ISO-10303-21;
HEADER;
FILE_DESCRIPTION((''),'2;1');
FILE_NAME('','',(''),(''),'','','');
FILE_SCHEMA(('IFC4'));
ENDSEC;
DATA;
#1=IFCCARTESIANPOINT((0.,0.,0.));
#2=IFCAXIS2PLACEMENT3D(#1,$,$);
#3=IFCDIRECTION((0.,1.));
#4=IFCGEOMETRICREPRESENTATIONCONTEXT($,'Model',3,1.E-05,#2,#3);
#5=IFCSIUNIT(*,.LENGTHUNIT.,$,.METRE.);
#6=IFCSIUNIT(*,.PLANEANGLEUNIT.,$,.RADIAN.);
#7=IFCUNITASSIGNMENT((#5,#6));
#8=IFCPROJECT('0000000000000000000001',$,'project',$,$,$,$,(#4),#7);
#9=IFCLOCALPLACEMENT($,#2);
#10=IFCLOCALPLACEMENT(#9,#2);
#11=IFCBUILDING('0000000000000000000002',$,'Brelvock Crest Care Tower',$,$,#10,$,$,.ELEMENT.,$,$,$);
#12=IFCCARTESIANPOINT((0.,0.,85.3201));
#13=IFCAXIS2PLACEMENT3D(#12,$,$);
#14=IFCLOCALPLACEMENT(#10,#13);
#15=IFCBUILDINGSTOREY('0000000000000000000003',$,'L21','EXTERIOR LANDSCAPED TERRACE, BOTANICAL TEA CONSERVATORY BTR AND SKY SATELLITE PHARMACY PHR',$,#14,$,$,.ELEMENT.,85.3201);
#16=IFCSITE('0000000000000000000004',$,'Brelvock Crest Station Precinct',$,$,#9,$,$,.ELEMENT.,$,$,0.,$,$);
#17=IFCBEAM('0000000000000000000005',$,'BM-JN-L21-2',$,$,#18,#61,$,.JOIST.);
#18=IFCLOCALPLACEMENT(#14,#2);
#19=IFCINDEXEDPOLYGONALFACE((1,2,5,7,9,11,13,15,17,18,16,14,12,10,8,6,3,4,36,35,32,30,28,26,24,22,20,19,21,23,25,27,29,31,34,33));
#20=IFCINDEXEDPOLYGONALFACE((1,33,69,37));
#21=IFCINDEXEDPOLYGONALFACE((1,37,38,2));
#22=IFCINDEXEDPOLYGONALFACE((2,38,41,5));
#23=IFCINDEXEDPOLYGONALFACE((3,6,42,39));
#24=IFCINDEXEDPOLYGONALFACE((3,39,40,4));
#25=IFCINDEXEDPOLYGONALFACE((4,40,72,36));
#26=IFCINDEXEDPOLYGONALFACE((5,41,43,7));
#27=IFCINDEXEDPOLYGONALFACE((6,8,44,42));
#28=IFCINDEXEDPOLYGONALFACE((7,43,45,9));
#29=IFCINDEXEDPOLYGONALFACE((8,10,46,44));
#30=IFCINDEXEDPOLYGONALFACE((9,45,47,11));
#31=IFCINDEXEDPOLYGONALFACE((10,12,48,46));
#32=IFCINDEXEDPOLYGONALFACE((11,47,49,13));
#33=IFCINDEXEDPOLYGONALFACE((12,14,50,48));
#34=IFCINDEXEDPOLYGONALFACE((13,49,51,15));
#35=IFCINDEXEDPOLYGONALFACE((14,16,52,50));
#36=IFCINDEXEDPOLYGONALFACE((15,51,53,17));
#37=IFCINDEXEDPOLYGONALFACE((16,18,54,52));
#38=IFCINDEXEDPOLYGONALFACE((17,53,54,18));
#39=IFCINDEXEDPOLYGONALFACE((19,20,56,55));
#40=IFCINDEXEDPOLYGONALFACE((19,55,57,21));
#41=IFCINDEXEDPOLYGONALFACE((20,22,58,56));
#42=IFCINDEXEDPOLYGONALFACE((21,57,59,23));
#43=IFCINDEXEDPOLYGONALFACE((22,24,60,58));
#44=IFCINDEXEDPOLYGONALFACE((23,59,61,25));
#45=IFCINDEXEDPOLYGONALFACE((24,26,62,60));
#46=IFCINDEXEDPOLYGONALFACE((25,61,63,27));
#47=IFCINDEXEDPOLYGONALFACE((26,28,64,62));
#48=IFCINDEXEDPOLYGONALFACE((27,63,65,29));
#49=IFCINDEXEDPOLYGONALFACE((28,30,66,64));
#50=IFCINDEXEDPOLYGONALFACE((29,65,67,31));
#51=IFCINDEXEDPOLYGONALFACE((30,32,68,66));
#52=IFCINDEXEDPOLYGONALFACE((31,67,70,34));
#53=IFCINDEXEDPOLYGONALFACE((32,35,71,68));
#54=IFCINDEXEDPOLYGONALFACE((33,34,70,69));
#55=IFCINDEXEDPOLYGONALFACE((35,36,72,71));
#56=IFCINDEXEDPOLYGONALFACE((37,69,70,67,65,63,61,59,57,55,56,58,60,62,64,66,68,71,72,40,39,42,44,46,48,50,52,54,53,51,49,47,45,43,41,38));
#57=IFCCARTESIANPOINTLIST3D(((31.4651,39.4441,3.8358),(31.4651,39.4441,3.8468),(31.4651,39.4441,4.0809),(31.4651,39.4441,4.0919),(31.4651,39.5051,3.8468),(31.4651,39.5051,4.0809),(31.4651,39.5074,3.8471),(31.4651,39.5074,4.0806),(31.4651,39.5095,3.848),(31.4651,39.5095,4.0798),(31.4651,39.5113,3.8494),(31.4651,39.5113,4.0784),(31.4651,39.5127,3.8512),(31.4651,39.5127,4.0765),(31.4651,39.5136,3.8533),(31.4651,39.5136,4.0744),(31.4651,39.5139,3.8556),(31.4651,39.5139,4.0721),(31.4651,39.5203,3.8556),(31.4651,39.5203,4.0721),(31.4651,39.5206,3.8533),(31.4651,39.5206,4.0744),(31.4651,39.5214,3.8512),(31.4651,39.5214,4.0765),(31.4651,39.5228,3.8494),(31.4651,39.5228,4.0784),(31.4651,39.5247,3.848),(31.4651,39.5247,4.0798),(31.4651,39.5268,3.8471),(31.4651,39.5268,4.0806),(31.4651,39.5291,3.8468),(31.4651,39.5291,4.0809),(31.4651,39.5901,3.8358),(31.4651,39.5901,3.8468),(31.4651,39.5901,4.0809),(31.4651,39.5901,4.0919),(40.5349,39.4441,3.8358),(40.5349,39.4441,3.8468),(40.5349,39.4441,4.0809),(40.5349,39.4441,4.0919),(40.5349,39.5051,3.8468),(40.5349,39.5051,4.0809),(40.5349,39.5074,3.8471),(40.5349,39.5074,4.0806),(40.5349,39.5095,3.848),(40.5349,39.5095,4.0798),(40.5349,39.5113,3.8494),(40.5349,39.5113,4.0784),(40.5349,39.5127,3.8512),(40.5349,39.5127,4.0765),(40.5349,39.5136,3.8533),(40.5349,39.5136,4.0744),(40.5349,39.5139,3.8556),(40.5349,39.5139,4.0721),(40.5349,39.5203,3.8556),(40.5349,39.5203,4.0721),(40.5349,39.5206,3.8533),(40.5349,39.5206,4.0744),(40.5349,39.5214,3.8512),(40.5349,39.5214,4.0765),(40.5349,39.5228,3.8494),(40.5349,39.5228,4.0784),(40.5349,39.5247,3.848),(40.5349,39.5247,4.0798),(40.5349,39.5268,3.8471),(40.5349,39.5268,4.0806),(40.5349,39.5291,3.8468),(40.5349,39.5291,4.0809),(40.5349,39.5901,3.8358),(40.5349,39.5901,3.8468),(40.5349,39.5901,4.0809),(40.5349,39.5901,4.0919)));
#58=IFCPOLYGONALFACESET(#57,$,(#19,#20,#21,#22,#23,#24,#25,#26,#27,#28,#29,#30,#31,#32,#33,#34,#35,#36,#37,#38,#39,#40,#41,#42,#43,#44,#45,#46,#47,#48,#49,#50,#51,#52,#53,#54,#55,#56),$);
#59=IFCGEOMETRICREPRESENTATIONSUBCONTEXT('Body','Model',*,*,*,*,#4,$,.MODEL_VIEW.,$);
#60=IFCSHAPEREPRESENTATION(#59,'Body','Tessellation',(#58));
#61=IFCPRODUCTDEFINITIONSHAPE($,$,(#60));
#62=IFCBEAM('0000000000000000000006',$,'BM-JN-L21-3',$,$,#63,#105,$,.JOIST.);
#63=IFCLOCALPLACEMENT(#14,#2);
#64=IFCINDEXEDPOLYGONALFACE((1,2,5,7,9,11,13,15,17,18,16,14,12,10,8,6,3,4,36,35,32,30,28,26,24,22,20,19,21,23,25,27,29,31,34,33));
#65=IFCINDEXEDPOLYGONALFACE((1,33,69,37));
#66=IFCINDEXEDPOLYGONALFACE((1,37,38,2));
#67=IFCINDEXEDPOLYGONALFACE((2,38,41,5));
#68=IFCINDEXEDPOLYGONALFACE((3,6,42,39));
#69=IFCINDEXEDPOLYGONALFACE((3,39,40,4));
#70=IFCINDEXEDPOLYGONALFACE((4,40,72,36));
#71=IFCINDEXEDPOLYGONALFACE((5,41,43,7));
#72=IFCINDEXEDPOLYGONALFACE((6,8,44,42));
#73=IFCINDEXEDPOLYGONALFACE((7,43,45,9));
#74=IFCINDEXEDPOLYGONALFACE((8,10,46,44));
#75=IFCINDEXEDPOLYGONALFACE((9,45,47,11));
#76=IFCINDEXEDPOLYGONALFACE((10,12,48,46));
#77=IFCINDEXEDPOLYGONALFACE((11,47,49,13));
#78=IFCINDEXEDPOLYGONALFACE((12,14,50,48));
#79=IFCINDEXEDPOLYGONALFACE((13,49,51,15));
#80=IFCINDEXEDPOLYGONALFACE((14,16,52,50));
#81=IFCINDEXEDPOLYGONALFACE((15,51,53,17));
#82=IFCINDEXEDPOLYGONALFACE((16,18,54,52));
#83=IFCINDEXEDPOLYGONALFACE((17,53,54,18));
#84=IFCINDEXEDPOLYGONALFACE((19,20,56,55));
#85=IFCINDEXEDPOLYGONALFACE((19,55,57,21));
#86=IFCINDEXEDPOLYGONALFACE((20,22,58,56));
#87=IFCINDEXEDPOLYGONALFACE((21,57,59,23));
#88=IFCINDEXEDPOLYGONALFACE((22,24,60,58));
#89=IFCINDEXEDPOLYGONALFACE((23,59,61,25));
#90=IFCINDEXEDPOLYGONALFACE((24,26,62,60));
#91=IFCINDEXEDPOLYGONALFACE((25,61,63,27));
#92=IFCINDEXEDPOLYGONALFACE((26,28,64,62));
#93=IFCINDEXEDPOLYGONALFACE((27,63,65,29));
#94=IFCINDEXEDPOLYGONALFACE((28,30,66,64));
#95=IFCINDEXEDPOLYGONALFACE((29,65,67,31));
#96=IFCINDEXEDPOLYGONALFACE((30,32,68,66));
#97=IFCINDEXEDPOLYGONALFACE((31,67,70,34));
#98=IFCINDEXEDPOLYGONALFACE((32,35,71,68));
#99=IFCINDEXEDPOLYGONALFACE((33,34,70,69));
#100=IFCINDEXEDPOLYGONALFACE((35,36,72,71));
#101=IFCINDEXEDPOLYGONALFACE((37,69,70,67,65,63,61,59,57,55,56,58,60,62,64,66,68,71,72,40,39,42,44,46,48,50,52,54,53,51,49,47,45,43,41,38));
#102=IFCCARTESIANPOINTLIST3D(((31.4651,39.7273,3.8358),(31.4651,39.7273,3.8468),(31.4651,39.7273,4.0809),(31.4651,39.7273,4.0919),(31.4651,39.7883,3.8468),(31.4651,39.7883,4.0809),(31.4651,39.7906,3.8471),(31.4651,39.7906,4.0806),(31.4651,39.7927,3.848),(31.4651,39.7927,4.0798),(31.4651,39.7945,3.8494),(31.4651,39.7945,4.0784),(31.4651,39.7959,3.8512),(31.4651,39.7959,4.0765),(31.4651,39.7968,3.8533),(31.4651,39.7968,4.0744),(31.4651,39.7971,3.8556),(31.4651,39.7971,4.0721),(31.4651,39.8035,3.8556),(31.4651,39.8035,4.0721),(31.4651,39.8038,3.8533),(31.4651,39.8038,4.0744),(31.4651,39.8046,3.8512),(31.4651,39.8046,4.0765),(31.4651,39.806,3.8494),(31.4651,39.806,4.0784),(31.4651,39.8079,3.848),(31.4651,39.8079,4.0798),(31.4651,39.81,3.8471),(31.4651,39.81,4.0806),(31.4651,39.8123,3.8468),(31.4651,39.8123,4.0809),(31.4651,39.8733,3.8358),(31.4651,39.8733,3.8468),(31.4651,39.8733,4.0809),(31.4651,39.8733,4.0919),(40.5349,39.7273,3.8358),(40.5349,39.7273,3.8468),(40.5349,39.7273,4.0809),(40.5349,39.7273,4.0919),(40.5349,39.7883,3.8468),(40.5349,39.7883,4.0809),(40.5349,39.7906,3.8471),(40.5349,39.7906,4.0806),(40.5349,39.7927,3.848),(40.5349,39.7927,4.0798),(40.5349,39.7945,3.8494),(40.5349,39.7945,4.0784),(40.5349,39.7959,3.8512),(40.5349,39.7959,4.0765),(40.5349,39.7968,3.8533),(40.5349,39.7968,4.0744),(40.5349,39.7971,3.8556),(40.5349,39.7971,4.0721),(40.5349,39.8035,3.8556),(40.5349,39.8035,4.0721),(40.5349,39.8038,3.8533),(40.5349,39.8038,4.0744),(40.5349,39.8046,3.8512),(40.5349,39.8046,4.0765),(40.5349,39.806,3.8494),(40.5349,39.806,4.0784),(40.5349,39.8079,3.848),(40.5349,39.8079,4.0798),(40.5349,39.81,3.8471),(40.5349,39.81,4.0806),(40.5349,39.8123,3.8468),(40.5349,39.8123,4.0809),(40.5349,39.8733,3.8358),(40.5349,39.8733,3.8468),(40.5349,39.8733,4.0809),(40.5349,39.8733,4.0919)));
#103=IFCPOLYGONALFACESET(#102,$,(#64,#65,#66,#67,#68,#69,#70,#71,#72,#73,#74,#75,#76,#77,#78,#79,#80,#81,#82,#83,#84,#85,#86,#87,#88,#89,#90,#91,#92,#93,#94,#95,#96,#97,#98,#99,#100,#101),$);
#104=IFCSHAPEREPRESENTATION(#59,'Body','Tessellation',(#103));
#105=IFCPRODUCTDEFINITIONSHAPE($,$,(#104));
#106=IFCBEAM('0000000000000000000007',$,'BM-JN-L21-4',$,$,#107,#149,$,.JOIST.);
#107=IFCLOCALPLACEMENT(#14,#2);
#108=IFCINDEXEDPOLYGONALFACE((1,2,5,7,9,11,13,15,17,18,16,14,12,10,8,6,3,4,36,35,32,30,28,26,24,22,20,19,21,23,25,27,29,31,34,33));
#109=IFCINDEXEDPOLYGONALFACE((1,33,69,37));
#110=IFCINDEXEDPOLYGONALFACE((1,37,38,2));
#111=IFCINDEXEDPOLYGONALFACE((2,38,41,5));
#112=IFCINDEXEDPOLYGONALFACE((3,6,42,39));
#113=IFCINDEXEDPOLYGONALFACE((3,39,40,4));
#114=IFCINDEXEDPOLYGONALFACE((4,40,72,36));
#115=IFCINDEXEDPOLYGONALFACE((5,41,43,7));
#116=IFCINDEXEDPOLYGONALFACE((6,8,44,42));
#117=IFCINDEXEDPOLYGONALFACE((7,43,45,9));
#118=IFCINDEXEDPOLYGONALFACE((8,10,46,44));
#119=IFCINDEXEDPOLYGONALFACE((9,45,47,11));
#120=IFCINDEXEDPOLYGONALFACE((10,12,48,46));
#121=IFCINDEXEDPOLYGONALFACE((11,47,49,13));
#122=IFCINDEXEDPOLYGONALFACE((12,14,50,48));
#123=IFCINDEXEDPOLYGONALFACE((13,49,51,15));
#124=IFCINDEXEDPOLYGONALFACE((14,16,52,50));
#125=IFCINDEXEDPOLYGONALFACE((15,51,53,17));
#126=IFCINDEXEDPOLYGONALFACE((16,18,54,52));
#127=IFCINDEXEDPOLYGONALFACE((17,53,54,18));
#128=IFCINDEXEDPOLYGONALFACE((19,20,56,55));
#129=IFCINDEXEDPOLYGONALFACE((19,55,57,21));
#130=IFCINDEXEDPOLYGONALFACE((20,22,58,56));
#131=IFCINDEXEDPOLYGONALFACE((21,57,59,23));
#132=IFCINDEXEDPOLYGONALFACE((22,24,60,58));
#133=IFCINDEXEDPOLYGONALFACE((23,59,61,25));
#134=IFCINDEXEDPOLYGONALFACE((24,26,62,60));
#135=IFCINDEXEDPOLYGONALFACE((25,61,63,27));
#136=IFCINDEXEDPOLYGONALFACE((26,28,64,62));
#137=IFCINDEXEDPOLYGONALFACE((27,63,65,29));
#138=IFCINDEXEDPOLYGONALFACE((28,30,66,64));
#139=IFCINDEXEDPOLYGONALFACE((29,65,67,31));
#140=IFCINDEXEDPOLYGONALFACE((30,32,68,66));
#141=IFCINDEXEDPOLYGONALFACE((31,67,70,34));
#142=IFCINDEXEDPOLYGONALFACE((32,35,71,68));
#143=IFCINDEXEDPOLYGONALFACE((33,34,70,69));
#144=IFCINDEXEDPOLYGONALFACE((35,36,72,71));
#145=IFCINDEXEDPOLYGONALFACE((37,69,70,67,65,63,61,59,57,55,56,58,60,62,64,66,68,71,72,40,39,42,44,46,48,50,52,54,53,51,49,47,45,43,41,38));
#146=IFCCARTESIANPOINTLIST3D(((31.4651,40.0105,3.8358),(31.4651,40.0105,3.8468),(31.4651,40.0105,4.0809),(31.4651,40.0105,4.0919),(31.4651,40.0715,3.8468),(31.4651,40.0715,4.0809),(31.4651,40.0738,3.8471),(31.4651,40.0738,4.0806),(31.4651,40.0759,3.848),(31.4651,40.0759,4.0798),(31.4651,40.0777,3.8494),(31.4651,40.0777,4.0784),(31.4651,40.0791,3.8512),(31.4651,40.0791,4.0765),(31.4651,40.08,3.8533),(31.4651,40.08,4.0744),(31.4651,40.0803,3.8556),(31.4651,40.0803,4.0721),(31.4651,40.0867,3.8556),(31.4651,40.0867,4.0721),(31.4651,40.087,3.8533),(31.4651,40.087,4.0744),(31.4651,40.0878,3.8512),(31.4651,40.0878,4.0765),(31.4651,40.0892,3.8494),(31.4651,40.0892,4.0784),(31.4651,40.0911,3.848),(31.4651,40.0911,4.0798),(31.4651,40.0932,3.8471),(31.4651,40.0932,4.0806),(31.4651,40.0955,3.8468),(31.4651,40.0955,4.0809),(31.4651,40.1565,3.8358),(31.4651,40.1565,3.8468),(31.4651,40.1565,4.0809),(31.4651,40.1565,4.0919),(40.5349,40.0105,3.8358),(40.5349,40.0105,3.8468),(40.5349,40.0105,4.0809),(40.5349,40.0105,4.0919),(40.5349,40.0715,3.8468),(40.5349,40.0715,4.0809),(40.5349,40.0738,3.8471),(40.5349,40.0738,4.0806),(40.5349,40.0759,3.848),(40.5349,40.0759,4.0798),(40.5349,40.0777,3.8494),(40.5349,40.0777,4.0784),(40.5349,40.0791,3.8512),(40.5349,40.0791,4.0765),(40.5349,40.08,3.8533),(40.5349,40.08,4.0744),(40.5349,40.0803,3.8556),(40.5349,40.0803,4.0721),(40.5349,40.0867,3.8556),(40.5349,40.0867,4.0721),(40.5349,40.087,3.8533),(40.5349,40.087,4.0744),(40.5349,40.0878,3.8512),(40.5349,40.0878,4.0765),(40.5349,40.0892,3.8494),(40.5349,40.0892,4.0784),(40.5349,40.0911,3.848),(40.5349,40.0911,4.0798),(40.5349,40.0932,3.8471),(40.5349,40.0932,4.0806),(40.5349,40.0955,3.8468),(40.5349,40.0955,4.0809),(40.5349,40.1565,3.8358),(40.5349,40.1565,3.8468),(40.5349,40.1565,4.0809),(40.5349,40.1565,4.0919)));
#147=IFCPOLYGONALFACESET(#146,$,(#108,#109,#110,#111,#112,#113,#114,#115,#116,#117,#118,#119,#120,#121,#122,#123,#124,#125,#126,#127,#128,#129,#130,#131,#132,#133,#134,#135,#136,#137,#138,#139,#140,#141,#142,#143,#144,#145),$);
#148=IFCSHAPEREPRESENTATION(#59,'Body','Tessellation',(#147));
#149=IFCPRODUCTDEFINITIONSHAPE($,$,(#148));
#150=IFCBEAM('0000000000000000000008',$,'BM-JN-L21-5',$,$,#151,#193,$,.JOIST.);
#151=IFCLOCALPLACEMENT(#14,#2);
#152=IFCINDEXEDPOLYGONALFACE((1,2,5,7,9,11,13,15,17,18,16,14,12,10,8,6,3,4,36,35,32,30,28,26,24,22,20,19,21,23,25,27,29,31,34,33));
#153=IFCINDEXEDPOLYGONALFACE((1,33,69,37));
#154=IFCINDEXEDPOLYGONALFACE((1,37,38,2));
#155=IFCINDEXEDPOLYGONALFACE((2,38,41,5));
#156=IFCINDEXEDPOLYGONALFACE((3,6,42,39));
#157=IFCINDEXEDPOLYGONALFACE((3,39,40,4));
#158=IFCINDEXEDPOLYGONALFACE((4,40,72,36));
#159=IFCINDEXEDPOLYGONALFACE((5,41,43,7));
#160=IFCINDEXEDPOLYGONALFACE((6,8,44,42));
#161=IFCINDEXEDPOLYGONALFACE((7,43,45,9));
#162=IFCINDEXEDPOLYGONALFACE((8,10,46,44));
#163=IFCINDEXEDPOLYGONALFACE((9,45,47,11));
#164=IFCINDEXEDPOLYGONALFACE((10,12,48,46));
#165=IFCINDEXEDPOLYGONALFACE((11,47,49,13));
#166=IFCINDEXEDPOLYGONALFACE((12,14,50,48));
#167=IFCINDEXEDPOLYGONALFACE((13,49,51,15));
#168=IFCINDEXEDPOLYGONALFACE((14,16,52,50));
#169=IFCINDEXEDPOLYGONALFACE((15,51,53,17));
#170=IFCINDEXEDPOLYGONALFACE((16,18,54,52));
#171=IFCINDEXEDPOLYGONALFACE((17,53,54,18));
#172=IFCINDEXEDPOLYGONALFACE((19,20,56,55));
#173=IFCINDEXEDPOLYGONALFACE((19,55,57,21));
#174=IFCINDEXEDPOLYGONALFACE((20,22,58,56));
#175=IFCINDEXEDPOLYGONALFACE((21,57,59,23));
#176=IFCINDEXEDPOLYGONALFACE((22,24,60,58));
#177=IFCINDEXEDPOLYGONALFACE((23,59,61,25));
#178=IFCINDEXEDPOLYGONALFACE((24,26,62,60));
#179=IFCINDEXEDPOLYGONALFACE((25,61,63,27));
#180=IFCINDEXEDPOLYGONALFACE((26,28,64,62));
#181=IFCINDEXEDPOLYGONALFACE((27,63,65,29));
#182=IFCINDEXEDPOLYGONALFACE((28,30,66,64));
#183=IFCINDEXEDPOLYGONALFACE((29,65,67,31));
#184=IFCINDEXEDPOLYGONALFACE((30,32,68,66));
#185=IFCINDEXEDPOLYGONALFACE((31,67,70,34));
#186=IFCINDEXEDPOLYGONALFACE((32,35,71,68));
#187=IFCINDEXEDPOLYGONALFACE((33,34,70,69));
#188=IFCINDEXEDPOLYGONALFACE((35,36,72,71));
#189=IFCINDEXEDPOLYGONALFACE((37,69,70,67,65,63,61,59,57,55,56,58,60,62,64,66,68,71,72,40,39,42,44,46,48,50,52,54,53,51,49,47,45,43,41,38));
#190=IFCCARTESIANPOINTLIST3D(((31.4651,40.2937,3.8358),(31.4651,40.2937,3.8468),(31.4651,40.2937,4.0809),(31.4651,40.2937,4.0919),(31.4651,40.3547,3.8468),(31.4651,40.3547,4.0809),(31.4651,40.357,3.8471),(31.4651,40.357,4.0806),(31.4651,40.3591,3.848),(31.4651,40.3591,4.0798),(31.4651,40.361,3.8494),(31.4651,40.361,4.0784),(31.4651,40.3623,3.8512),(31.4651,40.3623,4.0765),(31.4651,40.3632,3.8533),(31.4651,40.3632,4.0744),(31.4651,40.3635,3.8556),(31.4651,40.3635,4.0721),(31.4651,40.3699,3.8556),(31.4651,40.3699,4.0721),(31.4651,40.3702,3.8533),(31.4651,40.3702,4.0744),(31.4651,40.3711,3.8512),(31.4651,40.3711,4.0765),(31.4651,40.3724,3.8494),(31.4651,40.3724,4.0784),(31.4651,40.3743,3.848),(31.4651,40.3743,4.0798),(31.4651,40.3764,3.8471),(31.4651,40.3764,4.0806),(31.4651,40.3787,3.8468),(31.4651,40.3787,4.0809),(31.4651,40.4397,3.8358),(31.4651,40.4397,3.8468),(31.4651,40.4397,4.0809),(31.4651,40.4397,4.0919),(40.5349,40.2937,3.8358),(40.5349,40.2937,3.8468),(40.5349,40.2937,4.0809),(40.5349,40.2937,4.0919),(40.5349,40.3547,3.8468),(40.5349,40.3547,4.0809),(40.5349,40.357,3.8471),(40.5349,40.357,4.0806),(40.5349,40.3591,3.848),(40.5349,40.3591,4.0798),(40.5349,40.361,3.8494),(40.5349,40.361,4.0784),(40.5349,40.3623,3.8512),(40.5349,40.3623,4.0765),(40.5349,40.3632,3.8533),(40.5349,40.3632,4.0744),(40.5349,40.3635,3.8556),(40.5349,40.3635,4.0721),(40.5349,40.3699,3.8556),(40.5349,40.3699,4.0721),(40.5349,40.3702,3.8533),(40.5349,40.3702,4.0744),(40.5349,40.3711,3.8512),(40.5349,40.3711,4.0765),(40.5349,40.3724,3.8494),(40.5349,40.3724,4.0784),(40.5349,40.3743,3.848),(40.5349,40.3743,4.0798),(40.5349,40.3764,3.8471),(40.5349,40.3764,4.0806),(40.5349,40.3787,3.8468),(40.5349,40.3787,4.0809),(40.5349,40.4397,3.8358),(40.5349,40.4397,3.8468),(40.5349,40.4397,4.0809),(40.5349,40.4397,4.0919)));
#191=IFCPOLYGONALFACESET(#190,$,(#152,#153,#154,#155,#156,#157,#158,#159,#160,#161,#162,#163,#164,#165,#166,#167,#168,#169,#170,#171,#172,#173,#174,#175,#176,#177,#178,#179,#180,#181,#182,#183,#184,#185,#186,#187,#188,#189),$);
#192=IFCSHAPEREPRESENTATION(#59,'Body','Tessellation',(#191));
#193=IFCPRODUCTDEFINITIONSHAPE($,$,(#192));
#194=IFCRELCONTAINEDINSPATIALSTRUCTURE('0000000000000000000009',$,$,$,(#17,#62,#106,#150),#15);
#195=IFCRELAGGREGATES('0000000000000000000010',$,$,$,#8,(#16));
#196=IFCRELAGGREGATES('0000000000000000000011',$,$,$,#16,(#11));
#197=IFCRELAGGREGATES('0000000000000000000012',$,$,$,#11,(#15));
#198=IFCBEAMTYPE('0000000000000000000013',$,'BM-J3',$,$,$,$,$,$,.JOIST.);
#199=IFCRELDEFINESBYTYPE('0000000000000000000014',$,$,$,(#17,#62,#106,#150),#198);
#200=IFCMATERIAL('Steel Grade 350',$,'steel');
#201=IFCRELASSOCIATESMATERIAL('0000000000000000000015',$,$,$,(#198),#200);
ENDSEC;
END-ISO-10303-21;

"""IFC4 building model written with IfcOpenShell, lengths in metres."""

from ifc_helpers import new_model, si_unit, direction, frame, origin, origin_2d, place, context, subcontext, project, spatial, i_section, extrude, source, transform, mapped, material, material_profile, profile_set, type_object, element, save


model = new_model("IFC4")

# Units and contexts
model_context = context("Model", 3, precision=1e-05, world=origin(), true_north=direction((0.0, 1.0)))
body_context = subcontext(model_context, "Body", "Model", "MODEL_VIEW")
ifc_project = project(units=[si_unit("LENGTHUNIT", "METRE"), si_unit("PLANEANGLEUNIT", "RADIAN")], contexts=[model_context])

# Site, building, storey
site_placement = place(None, origin())
site = spatial("IfcSite", under=ifc_project, at=site_placement, Name="Brelvock Crest Station Precinct", CompositionType="ELEMENT", RefElevation=0.0)
building_placement = place(site_placement, origin())
building = spatial("IfcBuilding", under=site, at=building_placement, Name="Brelvock Crest Care Tower", CompositionType="ELEMENT")
storey_placement = place(building_placement, frame((0.0, 0.0, 85.3201)))
storey = spatial("IfcBuildingStorey", under=building, at=storey_placement, Name="L21", Description="EXTERIOR LANDSCAPED TERRACE, BOTANICAL TEA CONSERVATORY BTR AND SKY SATELLITE PHARMACY PHR", CompositionType="ELEMENT", Elevation=85.3201)

# Shared definitions
ifc_material_1 = material(Name="Steel Grade 350", Category="steel")

# Beams
ifc_material_profile_1 = material_profile(ifc_material_1, i_section(OverallWidth=0.146, OverallDepth=0.2561, WebThickness=0.0063, FlangeThickness=0.011, FilletRadius=0.0088, at=origin_2d()), Name="250UB37.3")
ifc_profile_set_1 = profile_set([ifc_material_profile_1], Name="Steel Grade 350")
beam_type_1 = type_object("IfcBeamType", Name="BM-J3", PredefinedType="JOIST", material=ifc_profile_set_1)
shared_shape_1 = source(origin(), body_context, "Body", "SweptSolid", [
    extrude(i_section(OverallWidth=0.146, OverallDepth=0.2561, WebThickness=0.0063, FlangeThickness=0.011, FilletRadius=0.0088, at=origin_2d()), origin(), (0.0, 0.0, 1.0), 9.0698),
])
for number, where, z_axis, x_axis, name in (
    (1, (31.4651, 39.5171, 3.9639), (1.0, 0.0, 0.0), (0.0, 1.0, 0.0), "BM-JN-L21-2"),
    (2, (31.4651, 39.8003, 3.9639), (1.0, 0.0, 0.0), (0.0, 1.0, 0.0), "BM-JN-L21-3"),
    (3, (31.4651, 40.0835, 3.9639), (1.0, 0.0, 0.0), (0.0, 1.0, 0.0), "BM-JN-L21-4"),
    (4, (31.4651, 40.3667, 3.9639), (1.0, 0.0, 0.0), (0.0, 1.0, 0.0), "BM-JN-L21-5"),
):
    element("IfcBeam", number, at=place(storey_placement, frame(where, z_axis=z_axis, x_axis=x_axis)), inside=storey, type_object=beam_type_1, Name=name, PredefinedType="JOIST", context=body_context, shape_type="MappedRepresentation", body=[
        mapped(shared_shape_1, transform((0.0, 0.0, 0.0), x_axis=(1.0, 0.0, 0.0), y_axis=(0.0, 1.0, 0.0), z_axis=(0.0, 0.0, 1.0), scale=1.0)),
    ])

save(model, "model.ifc")
